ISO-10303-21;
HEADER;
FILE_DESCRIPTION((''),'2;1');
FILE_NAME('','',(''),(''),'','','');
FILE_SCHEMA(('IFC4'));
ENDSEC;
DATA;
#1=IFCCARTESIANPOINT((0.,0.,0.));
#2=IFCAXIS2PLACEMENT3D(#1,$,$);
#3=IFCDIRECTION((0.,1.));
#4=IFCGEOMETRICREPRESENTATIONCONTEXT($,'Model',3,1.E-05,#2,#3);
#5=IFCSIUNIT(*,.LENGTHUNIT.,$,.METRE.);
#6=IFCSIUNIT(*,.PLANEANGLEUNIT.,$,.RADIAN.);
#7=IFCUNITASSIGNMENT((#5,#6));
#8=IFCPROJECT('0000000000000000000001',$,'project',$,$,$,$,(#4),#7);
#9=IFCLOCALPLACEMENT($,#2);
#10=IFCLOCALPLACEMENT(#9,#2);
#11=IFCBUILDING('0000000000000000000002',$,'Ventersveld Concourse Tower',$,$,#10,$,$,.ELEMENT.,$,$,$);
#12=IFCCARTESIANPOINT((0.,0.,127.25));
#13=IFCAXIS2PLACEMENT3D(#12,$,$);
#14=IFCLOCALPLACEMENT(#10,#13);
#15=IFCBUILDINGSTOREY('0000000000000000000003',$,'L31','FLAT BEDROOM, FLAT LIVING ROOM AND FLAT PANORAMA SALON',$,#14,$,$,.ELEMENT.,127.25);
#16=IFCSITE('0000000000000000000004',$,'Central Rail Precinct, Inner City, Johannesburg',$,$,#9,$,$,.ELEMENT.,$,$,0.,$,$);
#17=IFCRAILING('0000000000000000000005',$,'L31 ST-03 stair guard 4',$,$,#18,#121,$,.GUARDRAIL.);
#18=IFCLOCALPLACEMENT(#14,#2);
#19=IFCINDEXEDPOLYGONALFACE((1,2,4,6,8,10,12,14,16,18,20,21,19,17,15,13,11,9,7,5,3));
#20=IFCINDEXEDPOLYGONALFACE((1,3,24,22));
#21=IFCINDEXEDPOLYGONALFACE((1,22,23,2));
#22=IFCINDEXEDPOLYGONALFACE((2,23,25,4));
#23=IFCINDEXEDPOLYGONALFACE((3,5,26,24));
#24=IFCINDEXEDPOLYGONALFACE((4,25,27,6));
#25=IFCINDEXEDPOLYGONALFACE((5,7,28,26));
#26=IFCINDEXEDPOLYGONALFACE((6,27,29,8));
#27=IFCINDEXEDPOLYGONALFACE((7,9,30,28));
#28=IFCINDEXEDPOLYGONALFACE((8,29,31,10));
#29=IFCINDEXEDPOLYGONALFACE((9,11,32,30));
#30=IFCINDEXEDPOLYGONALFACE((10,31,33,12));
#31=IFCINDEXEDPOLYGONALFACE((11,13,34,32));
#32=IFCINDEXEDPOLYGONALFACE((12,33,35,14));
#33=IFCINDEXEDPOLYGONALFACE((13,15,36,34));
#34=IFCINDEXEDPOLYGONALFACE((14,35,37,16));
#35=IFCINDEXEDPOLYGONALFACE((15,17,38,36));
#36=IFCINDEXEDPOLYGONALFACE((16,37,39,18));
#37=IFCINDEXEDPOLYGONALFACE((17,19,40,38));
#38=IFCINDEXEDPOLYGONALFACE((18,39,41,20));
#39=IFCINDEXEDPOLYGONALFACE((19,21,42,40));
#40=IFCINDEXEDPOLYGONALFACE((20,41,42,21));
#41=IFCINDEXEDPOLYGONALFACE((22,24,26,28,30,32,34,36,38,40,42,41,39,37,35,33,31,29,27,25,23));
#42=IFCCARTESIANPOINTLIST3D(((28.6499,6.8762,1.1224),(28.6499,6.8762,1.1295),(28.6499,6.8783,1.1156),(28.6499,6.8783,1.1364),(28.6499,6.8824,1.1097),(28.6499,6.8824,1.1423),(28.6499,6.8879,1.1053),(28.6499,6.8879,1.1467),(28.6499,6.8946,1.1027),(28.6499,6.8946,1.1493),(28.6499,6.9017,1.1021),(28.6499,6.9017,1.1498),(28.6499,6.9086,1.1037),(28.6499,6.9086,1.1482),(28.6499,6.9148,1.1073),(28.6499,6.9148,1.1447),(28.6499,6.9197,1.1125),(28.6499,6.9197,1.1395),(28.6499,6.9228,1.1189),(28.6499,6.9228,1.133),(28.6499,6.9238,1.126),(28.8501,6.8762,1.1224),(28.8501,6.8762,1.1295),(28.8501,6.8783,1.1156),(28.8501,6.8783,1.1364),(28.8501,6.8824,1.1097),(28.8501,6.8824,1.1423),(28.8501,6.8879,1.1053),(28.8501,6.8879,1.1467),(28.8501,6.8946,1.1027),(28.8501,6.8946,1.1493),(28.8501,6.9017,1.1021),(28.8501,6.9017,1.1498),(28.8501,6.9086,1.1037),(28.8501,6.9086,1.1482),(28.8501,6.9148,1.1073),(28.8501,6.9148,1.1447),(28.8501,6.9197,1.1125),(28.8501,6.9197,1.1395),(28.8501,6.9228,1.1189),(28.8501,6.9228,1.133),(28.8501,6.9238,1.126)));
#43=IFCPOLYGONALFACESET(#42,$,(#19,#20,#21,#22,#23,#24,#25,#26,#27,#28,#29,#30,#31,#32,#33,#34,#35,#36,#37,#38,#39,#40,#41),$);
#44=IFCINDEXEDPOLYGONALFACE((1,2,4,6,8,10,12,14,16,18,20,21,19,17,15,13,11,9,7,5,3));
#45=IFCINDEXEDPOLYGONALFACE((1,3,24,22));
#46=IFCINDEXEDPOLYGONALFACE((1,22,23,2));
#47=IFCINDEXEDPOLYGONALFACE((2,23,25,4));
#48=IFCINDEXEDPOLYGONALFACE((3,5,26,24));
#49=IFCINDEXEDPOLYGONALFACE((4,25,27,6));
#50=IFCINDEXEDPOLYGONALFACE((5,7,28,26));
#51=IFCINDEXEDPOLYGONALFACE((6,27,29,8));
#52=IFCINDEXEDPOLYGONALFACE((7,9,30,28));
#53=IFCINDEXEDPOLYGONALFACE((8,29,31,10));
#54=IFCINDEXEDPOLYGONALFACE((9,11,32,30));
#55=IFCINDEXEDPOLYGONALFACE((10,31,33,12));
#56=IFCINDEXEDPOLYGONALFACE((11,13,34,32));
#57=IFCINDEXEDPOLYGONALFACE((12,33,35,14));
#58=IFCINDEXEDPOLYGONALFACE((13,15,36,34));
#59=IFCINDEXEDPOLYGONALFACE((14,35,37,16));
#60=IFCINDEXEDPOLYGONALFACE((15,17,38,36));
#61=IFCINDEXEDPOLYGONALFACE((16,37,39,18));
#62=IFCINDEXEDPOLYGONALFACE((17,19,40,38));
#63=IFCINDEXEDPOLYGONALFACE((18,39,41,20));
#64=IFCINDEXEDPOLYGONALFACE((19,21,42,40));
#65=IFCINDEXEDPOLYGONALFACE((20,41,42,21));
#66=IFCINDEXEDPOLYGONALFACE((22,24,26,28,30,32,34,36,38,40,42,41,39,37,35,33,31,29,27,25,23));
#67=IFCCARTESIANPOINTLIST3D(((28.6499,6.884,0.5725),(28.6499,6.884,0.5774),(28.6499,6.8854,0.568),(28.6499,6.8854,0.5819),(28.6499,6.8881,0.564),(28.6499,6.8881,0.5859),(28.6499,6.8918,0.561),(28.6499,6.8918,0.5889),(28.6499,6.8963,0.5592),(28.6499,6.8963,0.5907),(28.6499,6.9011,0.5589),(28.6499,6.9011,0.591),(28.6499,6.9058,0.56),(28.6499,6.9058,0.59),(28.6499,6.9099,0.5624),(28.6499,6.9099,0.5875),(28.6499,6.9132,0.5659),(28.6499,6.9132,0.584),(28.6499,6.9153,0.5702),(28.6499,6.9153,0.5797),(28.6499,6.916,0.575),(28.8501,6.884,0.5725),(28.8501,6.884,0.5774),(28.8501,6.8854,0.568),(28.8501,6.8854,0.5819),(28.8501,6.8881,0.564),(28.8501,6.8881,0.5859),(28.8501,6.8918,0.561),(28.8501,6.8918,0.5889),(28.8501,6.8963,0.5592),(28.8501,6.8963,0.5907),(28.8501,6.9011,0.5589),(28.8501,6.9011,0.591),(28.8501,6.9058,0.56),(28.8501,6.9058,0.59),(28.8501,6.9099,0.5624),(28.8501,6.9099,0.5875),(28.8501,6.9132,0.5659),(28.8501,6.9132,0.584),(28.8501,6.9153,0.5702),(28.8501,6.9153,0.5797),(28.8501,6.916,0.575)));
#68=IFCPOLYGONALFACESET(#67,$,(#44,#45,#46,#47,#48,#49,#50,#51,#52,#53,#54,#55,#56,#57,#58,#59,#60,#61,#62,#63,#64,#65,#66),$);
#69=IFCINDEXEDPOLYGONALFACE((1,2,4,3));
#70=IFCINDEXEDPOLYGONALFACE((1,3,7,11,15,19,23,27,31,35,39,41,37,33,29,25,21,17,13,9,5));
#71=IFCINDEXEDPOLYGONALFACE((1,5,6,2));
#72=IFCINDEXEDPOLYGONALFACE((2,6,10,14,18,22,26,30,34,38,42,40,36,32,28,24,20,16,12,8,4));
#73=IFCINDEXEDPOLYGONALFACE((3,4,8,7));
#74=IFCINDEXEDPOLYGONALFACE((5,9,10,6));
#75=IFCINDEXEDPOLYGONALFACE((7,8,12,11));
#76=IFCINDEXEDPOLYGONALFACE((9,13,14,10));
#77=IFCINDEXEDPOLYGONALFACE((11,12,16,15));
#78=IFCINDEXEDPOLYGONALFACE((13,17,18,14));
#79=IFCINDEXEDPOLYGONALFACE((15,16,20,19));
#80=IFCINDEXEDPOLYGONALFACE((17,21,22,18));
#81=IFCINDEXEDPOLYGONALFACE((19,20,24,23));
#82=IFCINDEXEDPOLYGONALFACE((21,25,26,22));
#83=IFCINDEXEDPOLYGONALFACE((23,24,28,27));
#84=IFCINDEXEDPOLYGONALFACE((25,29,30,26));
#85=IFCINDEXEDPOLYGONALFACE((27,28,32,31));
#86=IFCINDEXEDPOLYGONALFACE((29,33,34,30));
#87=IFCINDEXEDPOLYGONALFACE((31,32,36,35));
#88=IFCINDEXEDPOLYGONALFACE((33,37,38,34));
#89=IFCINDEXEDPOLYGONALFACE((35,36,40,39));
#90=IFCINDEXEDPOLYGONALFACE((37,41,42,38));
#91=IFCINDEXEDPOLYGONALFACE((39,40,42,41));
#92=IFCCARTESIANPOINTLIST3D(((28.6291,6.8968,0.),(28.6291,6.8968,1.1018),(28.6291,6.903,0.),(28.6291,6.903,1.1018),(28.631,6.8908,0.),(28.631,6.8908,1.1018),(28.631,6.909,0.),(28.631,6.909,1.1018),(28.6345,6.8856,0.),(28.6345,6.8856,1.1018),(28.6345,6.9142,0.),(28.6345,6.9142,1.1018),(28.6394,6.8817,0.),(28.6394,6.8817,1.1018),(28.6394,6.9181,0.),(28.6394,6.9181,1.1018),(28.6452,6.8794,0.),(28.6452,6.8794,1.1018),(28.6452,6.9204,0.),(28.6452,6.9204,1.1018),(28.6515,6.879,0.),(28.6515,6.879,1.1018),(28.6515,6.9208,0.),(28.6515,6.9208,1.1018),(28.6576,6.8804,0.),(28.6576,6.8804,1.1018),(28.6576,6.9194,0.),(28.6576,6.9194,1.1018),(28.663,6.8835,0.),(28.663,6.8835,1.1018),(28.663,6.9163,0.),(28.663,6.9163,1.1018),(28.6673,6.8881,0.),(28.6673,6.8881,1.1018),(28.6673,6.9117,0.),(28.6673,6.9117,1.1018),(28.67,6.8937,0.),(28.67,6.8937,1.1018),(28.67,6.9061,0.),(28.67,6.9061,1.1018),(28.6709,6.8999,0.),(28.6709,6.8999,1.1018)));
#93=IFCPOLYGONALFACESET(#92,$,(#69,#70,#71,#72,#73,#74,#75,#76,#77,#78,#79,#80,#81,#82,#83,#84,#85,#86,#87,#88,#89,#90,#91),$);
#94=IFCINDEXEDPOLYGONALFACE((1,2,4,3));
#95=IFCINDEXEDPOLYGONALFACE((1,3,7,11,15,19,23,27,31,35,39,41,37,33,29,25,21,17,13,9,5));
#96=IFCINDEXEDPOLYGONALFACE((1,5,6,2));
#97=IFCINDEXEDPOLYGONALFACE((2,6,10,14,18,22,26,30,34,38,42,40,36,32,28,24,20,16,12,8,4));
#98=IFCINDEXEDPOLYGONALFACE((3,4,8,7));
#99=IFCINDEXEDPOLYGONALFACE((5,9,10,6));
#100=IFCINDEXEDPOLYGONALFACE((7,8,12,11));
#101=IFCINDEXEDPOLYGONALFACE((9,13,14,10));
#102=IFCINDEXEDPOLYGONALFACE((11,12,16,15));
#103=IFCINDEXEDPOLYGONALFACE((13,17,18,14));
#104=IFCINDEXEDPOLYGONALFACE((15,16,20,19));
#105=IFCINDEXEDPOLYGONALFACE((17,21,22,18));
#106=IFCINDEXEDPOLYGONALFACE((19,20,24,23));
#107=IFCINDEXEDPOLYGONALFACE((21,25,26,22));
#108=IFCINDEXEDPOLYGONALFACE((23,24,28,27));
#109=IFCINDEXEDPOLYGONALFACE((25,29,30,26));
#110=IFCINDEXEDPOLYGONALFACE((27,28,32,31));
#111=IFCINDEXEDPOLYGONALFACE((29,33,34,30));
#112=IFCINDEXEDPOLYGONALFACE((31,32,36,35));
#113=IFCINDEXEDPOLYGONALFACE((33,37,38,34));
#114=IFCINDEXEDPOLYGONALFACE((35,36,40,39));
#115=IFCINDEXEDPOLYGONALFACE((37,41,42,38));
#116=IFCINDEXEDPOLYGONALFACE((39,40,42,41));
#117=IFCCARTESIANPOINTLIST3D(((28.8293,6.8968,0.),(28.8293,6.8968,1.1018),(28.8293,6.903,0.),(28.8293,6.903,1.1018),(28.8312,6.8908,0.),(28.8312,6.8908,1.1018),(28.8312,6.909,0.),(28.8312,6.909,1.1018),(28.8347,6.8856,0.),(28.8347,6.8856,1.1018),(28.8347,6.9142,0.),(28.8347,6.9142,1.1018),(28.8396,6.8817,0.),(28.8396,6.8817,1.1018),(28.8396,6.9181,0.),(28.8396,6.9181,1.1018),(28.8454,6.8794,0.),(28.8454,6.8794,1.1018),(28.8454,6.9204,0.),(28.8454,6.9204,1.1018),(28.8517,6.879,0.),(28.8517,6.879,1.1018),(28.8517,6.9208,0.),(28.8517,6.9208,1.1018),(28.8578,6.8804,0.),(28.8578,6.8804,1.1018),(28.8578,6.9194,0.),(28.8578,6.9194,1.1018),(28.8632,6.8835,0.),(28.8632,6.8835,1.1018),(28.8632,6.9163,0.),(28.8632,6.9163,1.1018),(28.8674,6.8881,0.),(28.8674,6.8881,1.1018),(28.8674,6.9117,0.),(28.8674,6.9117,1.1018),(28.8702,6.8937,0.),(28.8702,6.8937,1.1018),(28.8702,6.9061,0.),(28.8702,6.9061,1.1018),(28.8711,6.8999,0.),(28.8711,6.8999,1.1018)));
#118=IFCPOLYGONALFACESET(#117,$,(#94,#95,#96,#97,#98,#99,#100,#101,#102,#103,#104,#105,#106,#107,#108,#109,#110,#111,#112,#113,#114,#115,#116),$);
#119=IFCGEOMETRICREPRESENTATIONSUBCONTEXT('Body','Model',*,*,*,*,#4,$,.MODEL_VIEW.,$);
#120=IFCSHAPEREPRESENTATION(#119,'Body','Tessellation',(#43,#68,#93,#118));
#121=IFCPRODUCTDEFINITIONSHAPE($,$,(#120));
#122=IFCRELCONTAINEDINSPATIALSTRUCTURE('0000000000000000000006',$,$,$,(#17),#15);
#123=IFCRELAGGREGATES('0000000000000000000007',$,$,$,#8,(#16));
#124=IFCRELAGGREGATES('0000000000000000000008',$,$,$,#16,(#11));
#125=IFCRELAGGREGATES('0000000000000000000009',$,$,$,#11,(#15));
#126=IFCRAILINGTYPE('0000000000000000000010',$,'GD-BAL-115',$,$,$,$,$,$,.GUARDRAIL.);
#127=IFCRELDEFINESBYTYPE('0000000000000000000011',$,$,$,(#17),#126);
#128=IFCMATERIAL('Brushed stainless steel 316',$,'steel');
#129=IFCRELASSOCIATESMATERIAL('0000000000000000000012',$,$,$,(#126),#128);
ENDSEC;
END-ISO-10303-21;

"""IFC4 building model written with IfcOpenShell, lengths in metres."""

from ifc_helpers import new_model, si_unit, direction, frame, origin, origin_2d, place, context, subcontext, project, spatial, circle, extrude, material, type_object, element, save


model = new_model("IFC4")

# Units and contexts
model_context = context("Model", 3, precision=1e-05, world=origin(), true_north=direction((0.0, 1.0)))
body_context = subcontext(model_context, "Body", "Model", "MODEL_VIEW")
ifc_project = project(units=[si_unit("LENGTHUNIT", "METRE"), si_unit("PLANEANGLEUNIT", "RADIAN")], contexts=[model_context])

# Site, building, storey
site_placement = place(None, origin())
site = spatial("IfcSite", under=ifc_project, at=site_placement, Name="Central Rail Precinct, Inner City, Johannesburg", CompositionType="ELEMENT", RefElevation=0.0)
building_placement = place(site_placement, origin())
building = spatial("IfcBuilding", under=site, at=building_placement, Name="Ventersveld Concourse Tower", CompositionType="ELEMENT")
storey_placement = place(building_placement, frame((0.0, 0.0, 127.25)))
storey = spatial("IfcBuildingStorey", under=building, at=storey_placement, Name="L31", Description="FLAT BEDROOM, FLAT LIVING ROOM AND FLAT PANORAMA SALON", CompositionType="ELEMENT", Elevation=127.25)

# Shared definitions
ifc_material_1 = material(Name="Brushed stainless steel 316", Category="steel")

# Railing
railing_type_1 = type_object("IfcRailingType", Name="GD-BAL-115", PredefinedType="GUARDRAIL", material=ifc_material_1)
railing_1_placement = place(storey_placement, frame((28.6499, 6.8999, 0.0)))
element("IfcRailing", 1, at=railing_1_placement, inside=storey, type_object=railing_type_1, Name="L31 ST-03 stair guard 4", PredefinedType="GUARDRAIL", context=body_context, shape_type="SweptSolid", body=[
    extrude(circle(Radius=0.0239, at=origin_2d()), frame((0.0, 0.0, 1.126), z_axis=(1.0, 0.0, 0.0), x_axis=(0.0, 1.0, 0.0)), (0.0, 0.0, 1.0), 0.2002),
    extrude(circle(Radius=0.0161, at=origin_2d()), frame((0.0, 0.0, 0.575), z_axis=(1.0, 0.0, 0.0), x_axis=(0.0, 1.0, 0.0)), (0.0, 0.0, 1.0), 0.2002),
    extrude(circle(Radius=0.021, at=origin_2d()), origin(), (0.0, 0.0, 1.0), 1.1018),
    extrude(circle(Radius=0.021, at=origin_2d()), frame((0.2002, 0.0, 0.0)), (0.0, 0.0, 1.0), 1.1018),
])

save(model, "model.ifc")
